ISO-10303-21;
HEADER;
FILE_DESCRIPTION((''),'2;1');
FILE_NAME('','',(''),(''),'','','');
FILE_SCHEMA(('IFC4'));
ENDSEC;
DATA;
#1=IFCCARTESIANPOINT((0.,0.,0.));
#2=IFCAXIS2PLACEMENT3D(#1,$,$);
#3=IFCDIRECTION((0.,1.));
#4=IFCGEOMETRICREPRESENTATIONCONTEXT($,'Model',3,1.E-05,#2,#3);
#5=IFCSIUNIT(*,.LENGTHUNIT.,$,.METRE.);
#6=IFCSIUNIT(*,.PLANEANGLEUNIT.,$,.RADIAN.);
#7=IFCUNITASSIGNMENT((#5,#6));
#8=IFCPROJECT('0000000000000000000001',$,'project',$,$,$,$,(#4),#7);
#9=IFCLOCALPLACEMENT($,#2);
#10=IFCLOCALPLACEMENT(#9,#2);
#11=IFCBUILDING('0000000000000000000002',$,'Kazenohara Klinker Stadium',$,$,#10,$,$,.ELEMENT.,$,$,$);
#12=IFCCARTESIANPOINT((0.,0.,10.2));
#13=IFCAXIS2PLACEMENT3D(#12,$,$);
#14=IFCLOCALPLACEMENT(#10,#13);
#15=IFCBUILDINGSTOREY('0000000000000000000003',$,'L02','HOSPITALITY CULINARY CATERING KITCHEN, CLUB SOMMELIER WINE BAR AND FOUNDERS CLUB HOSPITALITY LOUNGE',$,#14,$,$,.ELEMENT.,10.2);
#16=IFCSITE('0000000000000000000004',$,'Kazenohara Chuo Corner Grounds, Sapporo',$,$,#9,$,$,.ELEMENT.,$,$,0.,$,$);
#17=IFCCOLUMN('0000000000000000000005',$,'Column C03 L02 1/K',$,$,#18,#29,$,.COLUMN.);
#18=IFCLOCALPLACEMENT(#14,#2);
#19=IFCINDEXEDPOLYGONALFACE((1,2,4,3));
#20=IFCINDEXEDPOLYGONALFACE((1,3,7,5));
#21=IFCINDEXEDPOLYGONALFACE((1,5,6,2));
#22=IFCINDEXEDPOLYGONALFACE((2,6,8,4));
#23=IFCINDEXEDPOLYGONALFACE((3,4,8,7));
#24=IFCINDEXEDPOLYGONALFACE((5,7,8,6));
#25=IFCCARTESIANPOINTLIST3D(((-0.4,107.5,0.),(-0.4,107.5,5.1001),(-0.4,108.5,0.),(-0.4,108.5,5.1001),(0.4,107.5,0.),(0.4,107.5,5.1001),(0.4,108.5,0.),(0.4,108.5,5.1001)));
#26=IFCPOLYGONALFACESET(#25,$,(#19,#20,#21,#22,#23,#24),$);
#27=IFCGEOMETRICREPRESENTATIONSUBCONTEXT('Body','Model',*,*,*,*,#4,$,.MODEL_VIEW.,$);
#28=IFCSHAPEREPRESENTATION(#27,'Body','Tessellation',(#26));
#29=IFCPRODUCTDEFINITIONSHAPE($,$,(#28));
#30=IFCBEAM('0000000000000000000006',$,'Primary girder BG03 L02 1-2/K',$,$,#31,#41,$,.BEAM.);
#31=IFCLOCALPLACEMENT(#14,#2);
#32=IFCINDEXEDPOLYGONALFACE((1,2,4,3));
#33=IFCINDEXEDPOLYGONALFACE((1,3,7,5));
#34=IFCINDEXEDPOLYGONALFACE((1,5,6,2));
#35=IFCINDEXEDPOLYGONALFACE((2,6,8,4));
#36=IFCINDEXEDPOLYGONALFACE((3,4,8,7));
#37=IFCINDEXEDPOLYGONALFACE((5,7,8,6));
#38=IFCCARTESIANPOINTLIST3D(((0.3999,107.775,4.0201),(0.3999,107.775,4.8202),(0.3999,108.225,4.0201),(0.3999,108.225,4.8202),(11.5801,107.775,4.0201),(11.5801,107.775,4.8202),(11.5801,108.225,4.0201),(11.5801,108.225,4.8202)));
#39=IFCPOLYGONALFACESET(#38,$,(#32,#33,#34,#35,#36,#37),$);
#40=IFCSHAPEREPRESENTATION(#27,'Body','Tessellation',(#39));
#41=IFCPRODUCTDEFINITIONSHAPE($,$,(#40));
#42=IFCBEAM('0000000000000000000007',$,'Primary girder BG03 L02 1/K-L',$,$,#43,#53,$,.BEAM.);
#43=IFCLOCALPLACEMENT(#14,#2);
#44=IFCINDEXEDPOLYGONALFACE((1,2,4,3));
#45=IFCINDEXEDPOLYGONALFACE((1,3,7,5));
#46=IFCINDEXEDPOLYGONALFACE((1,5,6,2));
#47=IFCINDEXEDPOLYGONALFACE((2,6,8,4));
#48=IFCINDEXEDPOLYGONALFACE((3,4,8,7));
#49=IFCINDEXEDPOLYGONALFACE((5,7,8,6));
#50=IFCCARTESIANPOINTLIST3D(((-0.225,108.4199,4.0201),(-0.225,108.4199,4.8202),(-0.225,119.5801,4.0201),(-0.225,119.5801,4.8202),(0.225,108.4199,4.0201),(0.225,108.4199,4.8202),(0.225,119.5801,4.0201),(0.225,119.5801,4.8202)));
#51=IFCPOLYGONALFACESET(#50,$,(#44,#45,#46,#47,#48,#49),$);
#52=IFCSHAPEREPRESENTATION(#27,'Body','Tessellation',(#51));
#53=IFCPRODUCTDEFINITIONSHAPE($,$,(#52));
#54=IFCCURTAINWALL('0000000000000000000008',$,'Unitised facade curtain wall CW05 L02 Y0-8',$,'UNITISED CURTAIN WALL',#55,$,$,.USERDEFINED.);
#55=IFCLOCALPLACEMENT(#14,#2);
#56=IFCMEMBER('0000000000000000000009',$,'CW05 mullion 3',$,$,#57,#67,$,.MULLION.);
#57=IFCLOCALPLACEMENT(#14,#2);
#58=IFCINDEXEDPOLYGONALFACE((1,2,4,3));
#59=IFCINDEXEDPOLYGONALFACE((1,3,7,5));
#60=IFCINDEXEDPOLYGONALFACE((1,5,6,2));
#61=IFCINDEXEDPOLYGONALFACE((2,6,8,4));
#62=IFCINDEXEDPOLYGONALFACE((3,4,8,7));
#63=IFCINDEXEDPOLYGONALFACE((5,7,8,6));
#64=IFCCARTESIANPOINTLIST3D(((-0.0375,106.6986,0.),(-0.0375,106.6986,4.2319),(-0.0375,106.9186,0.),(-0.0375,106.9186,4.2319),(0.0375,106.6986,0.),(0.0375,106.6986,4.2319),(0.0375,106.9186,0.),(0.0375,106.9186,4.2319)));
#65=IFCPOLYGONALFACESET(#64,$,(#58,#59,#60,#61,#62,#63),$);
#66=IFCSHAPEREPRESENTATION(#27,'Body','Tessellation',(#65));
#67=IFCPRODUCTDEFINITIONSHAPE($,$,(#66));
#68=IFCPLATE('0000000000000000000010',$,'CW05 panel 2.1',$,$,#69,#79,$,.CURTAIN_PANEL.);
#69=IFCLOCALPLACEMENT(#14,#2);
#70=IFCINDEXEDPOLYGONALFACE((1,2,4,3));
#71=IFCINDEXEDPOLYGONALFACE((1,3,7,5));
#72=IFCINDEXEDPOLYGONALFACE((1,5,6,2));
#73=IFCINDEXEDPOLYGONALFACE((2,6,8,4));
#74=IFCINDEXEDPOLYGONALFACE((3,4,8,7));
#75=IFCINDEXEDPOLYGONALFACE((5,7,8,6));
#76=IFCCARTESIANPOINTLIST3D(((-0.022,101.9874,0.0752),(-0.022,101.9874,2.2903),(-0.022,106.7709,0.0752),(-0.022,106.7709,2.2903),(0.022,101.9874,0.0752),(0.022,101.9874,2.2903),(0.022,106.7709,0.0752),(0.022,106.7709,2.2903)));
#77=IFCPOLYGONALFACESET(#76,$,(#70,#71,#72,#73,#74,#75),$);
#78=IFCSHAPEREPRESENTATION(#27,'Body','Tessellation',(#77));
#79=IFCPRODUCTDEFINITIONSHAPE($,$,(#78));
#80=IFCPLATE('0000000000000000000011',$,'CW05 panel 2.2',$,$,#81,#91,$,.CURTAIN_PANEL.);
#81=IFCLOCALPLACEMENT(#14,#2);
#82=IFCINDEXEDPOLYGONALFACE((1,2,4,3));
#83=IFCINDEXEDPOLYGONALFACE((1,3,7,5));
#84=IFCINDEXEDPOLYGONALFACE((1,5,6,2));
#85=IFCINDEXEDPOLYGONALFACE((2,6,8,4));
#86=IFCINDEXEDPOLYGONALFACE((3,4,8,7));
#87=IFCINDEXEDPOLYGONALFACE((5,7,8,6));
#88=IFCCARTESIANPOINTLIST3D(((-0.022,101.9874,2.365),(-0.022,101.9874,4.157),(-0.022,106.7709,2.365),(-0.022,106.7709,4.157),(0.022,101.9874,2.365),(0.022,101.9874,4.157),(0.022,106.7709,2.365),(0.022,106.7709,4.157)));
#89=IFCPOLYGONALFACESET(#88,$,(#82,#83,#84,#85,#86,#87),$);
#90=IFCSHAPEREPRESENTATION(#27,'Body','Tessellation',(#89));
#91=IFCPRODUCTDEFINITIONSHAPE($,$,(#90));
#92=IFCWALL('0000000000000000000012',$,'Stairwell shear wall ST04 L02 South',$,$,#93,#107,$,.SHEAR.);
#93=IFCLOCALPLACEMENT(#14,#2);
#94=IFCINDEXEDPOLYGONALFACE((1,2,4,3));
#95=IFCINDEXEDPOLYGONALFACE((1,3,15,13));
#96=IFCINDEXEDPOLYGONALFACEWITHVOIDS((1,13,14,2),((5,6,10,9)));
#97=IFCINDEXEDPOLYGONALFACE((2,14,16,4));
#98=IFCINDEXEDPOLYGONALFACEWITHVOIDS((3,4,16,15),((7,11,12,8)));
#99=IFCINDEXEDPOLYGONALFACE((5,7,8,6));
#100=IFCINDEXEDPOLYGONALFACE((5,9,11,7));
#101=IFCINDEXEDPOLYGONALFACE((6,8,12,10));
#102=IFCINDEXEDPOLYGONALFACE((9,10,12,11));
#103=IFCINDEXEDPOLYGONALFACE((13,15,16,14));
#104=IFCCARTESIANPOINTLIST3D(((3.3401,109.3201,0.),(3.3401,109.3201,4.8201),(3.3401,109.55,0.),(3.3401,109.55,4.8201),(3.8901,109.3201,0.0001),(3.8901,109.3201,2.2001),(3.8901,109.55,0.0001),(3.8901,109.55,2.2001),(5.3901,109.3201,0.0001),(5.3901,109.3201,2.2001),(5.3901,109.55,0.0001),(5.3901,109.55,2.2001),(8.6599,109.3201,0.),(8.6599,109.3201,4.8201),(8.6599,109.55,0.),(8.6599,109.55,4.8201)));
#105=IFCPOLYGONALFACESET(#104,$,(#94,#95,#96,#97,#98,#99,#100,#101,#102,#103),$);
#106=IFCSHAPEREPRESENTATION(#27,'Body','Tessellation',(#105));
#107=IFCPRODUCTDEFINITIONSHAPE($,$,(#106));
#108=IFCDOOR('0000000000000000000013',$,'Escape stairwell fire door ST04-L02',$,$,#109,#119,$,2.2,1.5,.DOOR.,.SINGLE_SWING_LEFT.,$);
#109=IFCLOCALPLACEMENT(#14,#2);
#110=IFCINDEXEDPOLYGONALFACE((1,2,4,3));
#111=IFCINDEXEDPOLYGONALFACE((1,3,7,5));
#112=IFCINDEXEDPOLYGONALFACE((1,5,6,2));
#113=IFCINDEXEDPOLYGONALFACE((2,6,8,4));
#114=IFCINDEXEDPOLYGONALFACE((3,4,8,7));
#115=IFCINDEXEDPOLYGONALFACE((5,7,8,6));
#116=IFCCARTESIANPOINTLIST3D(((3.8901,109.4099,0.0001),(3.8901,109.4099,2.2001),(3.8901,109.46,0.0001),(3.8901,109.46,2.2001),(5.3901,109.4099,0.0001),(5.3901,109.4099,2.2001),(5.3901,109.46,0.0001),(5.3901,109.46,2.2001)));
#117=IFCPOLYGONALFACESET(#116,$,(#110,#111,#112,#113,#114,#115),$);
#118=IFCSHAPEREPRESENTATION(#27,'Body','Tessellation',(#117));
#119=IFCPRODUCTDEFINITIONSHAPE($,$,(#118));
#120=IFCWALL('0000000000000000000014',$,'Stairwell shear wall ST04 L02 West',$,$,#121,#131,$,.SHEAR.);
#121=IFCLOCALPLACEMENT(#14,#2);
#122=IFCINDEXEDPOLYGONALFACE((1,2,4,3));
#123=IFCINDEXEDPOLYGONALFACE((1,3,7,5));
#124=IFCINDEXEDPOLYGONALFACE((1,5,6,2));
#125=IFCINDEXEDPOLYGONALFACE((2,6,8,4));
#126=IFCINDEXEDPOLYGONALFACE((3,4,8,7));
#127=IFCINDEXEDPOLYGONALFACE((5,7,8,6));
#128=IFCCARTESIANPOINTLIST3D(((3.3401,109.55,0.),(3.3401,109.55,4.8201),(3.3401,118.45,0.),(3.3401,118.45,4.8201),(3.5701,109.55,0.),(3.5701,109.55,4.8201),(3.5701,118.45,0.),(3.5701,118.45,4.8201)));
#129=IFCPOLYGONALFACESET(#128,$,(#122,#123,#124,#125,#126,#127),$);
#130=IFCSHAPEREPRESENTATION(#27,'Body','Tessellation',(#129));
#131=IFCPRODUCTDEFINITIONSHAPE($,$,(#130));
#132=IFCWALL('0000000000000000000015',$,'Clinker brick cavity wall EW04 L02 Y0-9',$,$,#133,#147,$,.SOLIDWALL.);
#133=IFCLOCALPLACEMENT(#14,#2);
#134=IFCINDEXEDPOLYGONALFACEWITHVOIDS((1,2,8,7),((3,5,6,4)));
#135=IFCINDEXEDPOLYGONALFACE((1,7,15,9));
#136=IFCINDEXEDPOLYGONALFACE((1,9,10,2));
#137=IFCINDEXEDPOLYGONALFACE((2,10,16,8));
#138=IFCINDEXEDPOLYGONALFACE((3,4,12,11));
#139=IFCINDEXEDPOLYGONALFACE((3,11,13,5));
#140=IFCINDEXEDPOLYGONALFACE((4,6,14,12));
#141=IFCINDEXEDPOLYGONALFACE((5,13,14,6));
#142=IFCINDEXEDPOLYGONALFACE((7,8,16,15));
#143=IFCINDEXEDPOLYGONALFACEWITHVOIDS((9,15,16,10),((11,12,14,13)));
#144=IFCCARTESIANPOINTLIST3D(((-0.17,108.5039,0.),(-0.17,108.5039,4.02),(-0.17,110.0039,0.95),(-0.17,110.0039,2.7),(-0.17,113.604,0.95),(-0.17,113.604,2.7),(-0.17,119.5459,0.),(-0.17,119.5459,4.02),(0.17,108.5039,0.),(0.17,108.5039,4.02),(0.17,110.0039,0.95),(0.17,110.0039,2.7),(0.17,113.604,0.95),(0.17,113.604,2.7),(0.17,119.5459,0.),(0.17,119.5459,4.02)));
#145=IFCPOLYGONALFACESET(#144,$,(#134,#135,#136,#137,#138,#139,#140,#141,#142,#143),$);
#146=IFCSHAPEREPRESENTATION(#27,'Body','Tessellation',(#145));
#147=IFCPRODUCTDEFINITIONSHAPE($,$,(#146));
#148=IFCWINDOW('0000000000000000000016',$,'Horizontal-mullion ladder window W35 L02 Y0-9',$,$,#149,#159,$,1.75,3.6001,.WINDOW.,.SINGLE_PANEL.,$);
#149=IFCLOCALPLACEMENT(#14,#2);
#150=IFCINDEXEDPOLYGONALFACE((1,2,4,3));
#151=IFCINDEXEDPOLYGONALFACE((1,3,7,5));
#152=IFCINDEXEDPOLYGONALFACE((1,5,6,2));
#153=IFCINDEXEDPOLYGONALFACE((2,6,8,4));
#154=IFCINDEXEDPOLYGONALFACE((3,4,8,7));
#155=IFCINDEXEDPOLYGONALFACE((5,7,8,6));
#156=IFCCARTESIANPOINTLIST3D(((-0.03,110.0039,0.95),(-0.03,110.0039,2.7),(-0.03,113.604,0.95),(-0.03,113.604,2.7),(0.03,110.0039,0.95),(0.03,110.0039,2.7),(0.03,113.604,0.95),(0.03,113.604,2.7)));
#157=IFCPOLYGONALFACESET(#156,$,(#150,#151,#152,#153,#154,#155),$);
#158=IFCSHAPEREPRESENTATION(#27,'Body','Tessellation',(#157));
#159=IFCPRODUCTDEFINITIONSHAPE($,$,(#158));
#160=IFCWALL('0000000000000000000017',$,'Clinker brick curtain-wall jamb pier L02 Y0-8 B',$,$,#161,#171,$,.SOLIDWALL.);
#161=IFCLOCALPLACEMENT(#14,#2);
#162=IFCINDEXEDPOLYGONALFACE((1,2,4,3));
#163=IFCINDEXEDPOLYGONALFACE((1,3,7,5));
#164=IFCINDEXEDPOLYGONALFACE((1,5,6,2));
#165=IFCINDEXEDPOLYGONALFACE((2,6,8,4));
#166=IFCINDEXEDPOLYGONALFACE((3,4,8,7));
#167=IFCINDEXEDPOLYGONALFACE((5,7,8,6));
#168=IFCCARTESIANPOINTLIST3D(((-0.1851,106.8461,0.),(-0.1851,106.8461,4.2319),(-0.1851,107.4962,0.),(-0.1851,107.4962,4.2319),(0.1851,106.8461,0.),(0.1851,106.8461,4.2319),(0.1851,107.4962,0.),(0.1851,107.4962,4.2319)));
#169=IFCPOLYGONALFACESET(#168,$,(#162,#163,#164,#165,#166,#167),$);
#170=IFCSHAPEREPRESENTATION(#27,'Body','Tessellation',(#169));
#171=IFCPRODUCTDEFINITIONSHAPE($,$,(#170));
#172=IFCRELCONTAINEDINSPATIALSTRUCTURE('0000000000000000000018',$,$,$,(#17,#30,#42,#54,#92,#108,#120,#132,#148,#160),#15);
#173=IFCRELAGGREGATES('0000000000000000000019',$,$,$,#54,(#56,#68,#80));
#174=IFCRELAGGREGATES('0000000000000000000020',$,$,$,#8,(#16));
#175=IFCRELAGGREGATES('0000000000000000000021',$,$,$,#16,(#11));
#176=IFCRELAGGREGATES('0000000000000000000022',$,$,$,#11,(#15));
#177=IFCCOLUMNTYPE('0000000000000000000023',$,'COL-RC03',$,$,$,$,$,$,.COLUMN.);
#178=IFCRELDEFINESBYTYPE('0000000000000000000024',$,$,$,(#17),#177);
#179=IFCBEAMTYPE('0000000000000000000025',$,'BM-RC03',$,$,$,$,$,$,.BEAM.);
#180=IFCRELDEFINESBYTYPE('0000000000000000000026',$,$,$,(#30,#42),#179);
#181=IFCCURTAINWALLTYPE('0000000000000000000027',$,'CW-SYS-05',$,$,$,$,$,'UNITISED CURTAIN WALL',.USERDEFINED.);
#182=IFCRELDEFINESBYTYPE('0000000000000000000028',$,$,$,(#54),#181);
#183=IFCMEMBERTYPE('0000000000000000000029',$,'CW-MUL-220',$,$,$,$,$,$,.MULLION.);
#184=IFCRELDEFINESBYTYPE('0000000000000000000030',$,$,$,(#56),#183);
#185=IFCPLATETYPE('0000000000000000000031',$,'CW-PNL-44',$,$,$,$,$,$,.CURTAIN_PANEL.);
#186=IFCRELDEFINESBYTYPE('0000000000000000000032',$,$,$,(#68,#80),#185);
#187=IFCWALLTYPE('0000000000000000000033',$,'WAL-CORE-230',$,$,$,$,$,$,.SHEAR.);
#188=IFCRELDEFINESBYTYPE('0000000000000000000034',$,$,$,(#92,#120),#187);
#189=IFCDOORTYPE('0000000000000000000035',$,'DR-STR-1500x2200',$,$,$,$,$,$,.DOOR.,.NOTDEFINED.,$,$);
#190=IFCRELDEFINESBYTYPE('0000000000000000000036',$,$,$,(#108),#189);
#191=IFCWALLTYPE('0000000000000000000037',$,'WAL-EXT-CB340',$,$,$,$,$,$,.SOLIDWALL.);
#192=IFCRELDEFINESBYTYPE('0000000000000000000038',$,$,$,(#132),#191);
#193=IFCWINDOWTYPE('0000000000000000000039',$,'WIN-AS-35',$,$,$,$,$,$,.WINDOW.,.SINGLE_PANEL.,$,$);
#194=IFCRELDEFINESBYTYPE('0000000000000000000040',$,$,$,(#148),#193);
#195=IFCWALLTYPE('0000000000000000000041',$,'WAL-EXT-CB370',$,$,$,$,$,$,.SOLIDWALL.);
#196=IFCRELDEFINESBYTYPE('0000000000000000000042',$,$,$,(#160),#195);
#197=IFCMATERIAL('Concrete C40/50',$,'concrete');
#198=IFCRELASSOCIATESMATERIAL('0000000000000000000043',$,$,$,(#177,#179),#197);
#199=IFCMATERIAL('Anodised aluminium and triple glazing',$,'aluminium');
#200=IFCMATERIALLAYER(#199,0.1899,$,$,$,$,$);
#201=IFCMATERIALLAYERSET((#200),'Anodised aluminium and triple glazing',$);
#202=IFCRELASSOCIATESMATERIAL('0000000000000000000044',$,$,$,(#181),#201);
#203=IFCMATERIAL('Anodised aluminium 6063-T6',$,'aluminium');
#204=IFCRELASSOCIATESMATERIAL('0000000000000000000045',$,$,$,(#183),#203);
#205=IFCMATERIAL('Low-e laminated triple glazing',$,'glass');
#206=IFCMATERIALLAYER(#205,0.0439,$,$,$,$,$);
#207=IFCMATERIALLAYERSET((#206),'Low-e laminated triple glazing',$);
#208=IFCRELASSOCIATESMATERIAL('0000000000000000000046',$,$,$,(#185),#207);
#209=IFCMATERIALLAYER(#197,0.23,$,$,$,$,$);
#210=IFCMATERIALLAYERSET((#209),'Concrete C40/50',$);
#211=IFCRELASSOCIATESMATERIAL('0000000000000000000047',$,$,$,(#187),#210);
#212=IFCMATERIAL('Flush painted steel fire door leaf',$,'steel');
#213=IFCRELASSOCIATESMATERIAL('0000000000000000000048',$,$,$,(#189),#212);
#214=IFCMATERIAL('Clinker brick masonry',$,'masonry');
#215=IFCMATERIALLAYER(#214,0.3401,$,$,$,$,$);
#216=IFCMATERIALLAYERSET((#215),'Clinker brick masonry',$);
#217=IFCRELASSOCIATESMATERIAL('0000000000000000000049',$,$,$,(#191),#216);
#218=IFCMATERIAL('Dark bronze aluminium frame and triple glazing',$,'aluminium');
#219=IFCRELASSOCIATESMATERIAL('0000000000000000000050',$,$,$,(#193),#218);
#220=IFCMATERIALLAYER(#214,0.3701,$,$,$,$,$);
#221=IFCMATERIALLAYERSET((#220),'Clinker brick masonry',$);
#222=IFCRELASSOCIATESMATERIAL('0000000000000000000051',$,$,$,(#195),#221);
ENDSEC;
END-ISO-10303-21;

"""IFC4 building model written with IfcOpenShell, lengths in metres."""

from ifc_helpers import new_model, si_unit, direction, frame, frame_2d, origin, origin_2d, place, context, subcontext, project, spatial, rectangle, extrude, material, layer, layer_set, material_profile, profile_set, type_object, element, fill, aggregate, save


model = new_model("IFC4")

# Units and contexts
model_context = context("Model", 3, precision=1e-05, world=origin(), true_north=direction((0.0, 1.0)))
body_context = subcontext(model_context, "Body", "Model", "MODEL_VIEW")
ifc_project = project(units=[si_unit("LENGTHUNIT", "METRE"), si_unit("PLANEANGLEUNIT", "RADIAN")], contexts=[model_context])

# Site, building, storey
site_placement = place(None, origin())
site = spatial("IfcSite", under=ifc_project, at=site_placement, Name="Kazenohara Chuo Corner Grounds, Sapporo", CompositionType="ELEMENT", RefElevation=0.0)
building_placement = place(site_placement, origin())
building = spatial("IfcBuilding", under=site, at=building_placement, Name="Kazenohara Klinker Stadium", CompositionType="ELEMENT")
storey_placement = place(building_placement, frame((0.0, 0.0, 10.2)))
storey = spatial("IfcBuildingStorey", under=building, at=storey_placement, Name="L02", Description="HOSPITALITY CULINARY CATERING KITCHEN, CLUB SOMMELIER WINE BAR AND FOUNDERS CLUB HOSPITALITY LOUNGE", CompositionType="ELEMENT", Elevation=10.2)

# Column
ifc_material_1 = material(Name="Concrete C40/50", Category="concrete")
ifc_material_profile_1 = material_profile(ifc_material_1, rectangle(XDim=0.8, YDim=1.0, at=origin_2d()), Name="RC-COL-1000x800")
ifc_profile_set_1 = profile_set([ifc_material_profile_1], Name="Concrete C40/50")
column_type = type_object("IfcColumnType", Name="COL-RC03", PredefinedType="COLUMN", material=ifc_profile_set_1)
column_placement = place(storey_placement, frame((0.0, 108.0, 0.0), z_axis=(0.0, 0.0, 1.0), x_axis=(1.0, 0.0, 0.0)))
element("IfcColumn", 1, at=column_placement, inside=storey, type_object=column_type, Name="Column C03 L02 1/K", PredefinedType="COLUMN", context=body_context, shape_type="SweptSolid", body=[
    extrude(rectangle(XDim=0.8, YDim=1.0, at=origin_2d()), origin(), (0.0, 0.0, 1.0), 5.1001),
])

# Beams
ifc_material_profile_2 = material_profile(ifc_material_1, rectangle(XDim=0.45, YDim=0.8, at=origin_2d()), Name="RC-BM-450x800")
ifc_profile_set_2 = profile_set([ifc_material_profile_2], Name="Concrete C40/50")
beam_type = type_object("IfcBeamType", Name="BM-RC03", PredefinedType="BEAM", material=ifc_profile_set_2)
beam_1_placement = place(storey_placement, frame((0.3999, 108.0, 4.4202), z_axis=(1.0, 0.0, 0.0), x_axis=(0.0, 1.0, 0.0)))
element("IfcBeam", 2, at=beam_1_placement, inside=storey, type_object=beam_type, Name="Primary girder BG03 L02 1-2/K", PredefinedType="BEAM", context=body_context, shape_type="SweptSolid", body=[
    extrude(rectangle(XDim=0.45, YDim=0.8, at=origin_2d()), origin(), (0.0, 0.0, 1.0), 11.1802),
])
beam_2_placement = place(storey_placement, frame((0.0, 108.4199, 4.4202), z_axis=(0.0, 1.0, 0.0), x_axis=(-1.0, 0.0, 0.0)))
element("IfcBeam", 3, at=beam_2_placement, inside=storey, type_object=beam_type, Name="Primary girder BG03 L02 1/K-L", PredefinedType="BEAM", context=body_context, shape_type="SweptSolid", body=[
    extrude(rectangle(XDim=0.45, YDim=0.8, at=origin_2d()), origin(), (0.0, 0.0, 1.0), 11.1602),
])

# Curtain wall, member, plates
ifc_material_2 = material(Name="Anodised aluminium and triple glazing", Category="aluminium")
ifc_layer_1 = layer(ifc_material_2, 0.1899)
ifc_layer_set_1 = layer_set([ifc_layer_1], Name="Anodised aluminium and triple glazing")
curtain_wall_type = type_object("IfcCurtainWallType", Name="CW-SYS-05", ElementType="UNITISED CURTAIN WALL", PredefinedType="USERDEFINED", material=ifc_layer_set_1)
curtain_wall_placement = place(storey_placement, origin())
curtain_wall = element("IfcCurtainWall", 4, at=curtain_wall_placement, inside=storey, type_object=curtain_wall_type, Name="Unitised facade curtain wall CW05 L02 Y0-8", ObjectType="UNITISED CURTAIN WALL", PredefinedType="USERDEFINED")
ifc_material_3 = material(Name="Anodised aluminium 6063-T6", Category="aluminium")
ifc_material_profile_3 = material_profile(ifc_material_3, rectangle(XDim=0.075, YDim=0.22, at=origin_2d()), Name="ALU-MUL-75x220")
ifc_profile_set_3 = profile_set([ifc_material_profile_3], Name="Anodised aluminium 6063-T6")
member_type = type_object("IfcMemberType", Name="CW-MUL-220", PredefinedType="MULLION", material=ifc_profile_set_3)
member_placement = place(storey_placement, frame((0.0, 106.8086, 0.0), z_axis=(0.0, 0.0, 1.0), x_axis=(-1.0, 0.0, 0.0)))
member = element("IfcMember", 5, at=member_placement, type_object=member_type, Name="CW05 mullion 3", PredefinedType="MULLION", context=body_context, shape_type="SweptSolid", body=[
    extrude(rectangle(XDim=0.075, YDim=0.22, at=origin_2d()), origin(), (0.0, 0.0, 1.0), 4.2319),
])
ifc_material_4 = material(Name="Low-e laminated triple glazing", Category="glass")
ifc_layer_2 = layer(ifc_material_4, 0.0439)
ifc_layer_set_2 = layer_set([ifc_layer_2], Name="Low-e laminated triple glazing")
plate_type = type_object("IfcPlateType", Name="CW-PNL-44", PredefinedType="CURTAIN_PANEL", material=ifc_layer_set_2)
plate_1_placement = place(storey_placement, frame((0.0, 104.3792, 0.0752), z_axis=(0.0, 0.0, 1.0), x_axis=(0.0, 1.0, 0.0)))
plate_1 = element("IfcPlate", 6, at=plate_1_placement, type_object=plate_type, Name="CW05 panel 2.1", PredefinedType="CURTAIN_PANEL", context=body_context, shape_type="SweptSolid", body=[
    extrude(rectangle(XDim=4.7834, YDim=0.0439, at=origin_2d()), origin(), (0.0, 0.0, 1.0), 2.2151),
])
plate_2_placement = place(storey_placement, frame((0.0, 104.3792, 2.365), z_axis=(0.0, 0.0, 1.0), x_axis=(0.0, 1.0, 0.0)))
plate_2 = element("IfcPlate", 7, at=plate_2_placement, type_object=plate_type, Name="CW05 panel 2.2", PredefinedType="CURTAIN_PANEL", context=body_context, shape_type="SweptSolid", body=[
    extrude(rectangle(XDim=4.7834, YDim=0.0439, at=origin_2d()), origin(), (0.0, 0.0, 1.0), 1.792),
])
aggregate(curtain_wall, [member, plate_1, plate_2])

# Wall, opening, door
ifc_layer_3 = layer(ifc_material_1, 0.23)
ifc_layer_set_3 = layer_set([ifc_layer_3], Name="Concrete C40/50")
wall_type_1 = type_object("IfcWallType", Name="WAL-CORE-230", PredefinedType="SHEAR", material=ifc_layer_set_3)
wall_1_placement = place(storey_placement, frame((3.3401, 109.4351, 0.0), z_axis=(0.0, 0.0, 1.0), x_axis=(1.0, 0.0, 0.0)))
wall_1 = element("IfcWall", 8, at=wall_1_placement, inside=storey, type_object=wall_type_1, Name="Stairwell shear wall ST04 L02 South", PredefinedType="SHEAR", context=body_context, shape_type="SweptSolid", body=[
    extrude(rectangle(XDim=5.3198, YDim=0.23, at=frame_2d((2.6599, 0.0))), origin(), (0.0, 0.0, 1.0), 4.8201),
])
opening_1_placement = place(wall_1_placement, frame((0.55, 0.0, 0.0)))
opening_1 = element("IfcOpeningElement", 9, at=opening_1_placement, cuts=wall_1, PredefinedType="OPENING", context=body_context, shape_type="SweptSolid", body=[
    extrude(rectangle(XDim=1.5, YDim=2.2, at=frame_2d((0.75, 1.1001))), frame((0.0, 0.125, 0.0), z_axis=(0.0, -1.0, 0.0), x_axis=(1.0, 0.0, 0.0)), (0.0, 0.0, 1.0), 0.25),
])
ifc_material_5 = material(Name="Flush painted steel fire door leaf", Category="steel")
door_type = type_object("IfcDoorType", Name="DR-STR-1500x2200", OperationType="NOTDEFINED", PredefinedType="DOOR", material=ifc_material_5)
door_placement = place(opening_1_placement, origin())
door = element("IfcDoor", 10, at=door_placement, inside=storey, type_object=door_type, Name="Escape stairwell fire door ST04-L02", OperationType="SINGLE_SWING_LEFT", OverallHeight=2.2, OverallWidth=1.5, PredefinedType="DOOR", context=body_context, shape_type="SweptSolid", body=[
    extrude(rectangle(XDim=1.5, YDim=2.2, at=frame_2d((0.75, 1.1001))), frame((0.0, 0.0249, 0.0), z_axis=(0.0, -1.0, 0.0), x_axis=(1.0, 0.0, 0.0)), (0.0, 0.0, 1.0), 0.05),
])
fill(opening_1, door)

# Wall
wall_2_placement = place(storey_placement, frame((3.4551, 109.55, 0.0), z_axis=(0.0, 0.0, 1.0), x_axis=(0.0, 1.0, 0.0)))
element("IfcWall", 11, at=wall_2_placement, inside=storey, type_object=wall_type_1, Name="Stairwell shear wall ST04 L02 West", PredefinedType="SHEAR", context=body_context, shape_type="SweptSolid", body=[
    extrude(rectangle(XDim=8.8999, YDim=0.23, at=frame_2d((4.45, 0.0))), origin(), (0.0, 0.0, 1.0), 4.8201),
])

# Wall, opening, window
ifc_material_6 = material(Name="Clinker brick masonry", Category="masonry")
ifc_layer_4 = layer(ifc_material_6, 0.3401)
ifc_layer_set_4 = layer_set([ifc_layer_4], Name="Clinker brick masonry")
wall_type_2 = type_object("IfcWallType", Name="WAL-EXT-CB340", PredefinedType="SOLIDWALL", material=ifc_layer_set_4)
wall_3_placement = place(storey_placement, frame((0.0, 108.5039, 0.0), z_axis=(0.0, 0.0, 1.0), x_axis=(0.0, 1.0, 0.0)))
wall_3 = element("IfcWall", 12, at=wall_3_placement, inside=storey, type_object=wall_type_2, Name="Clinker brick cavity wall EW04 L02 Y0-9", PredefinedType="SOLIDWALL", context=body_context, shape_type="SweptSolid", body=[
    extrude(rectangle(XDim=11.042, YDim=0.3401, at=frame_2d((5.521, 0.0))), origin(), (0.0, 0.0, 1.0), 4.02),
])
opening_2_placement = place(wall_3_placement, frame((1.5, 0.0, 0.95)))
opening_2 = element("IfcOpeningElement", 13, at=opening_2_placement, cuts=wall_3, PredefinedType="OPENING", context=body_context, shape_type="SweptSolid", body=[
    extrude(rectangle(XDim=3.6001, YDim=1.75, at=frame_2d((1.8, 0.875))), frame((0.0, 0.1802, 0.0), z_axis=(0.0, -1.0, 0.0), x_axis=(1.0, 0.0, 0.0)), (0.0, 0.0, 1.0), 0.3601),
])
ifc_material_7 = material(Name="Dark bronze aluminium frame and triple glazing", Category="aluminium")
window_type = type_object("IfcWindowType", Name="WIN-AS-35", PartitioningType="SINGLE_PANEL", PredefinedType="WINDOW", material=ifc_material_7)
window_placement = place(opening_2_placement, origin())
window = element("IfcWindow", 14, at=window_placement, inside=storey, type_object=window_type, Name="Horizontal-mullion ladder window W35 L02 Y0-9", OverallHeight=1.75, OverallWidth=3.6001, PartitioningType="SINGLE_PANEL", PredefinedType="WINDOW", context=body_context, shape_type="SweptSolid", body=[
    extrude(rectangle(XDim=3.6001, YDim=1.75, at=frame_2d((1.8, 0.875))), frame((0.0, 0.03, 0.0), z_axis=(0.0, -1.0, 0.0), x_axis=(1.0, 0.0, 0.0)), (0.0, 0.0, 1.0), 0.0601),
])
fill(opening_2, window)

# Wall
ifc_layer_5 = layer(ifc_material_6, 0.3701)
ifc_layer_set_5 = layer_set([ifc_layer_5], Name="Clinker brick masonry")
wall_type_3 = type_object("IfcWallType", Name="WAL-EXT-CB370", PredefinedType="SOLIDWALL", material=ifc_layer_set_5)
wall_4_placement = place(storey_placement, frame((0.0, 106.8459, 0.0), z_axis=(0.0, 0.0, 1.0), x_axis=(0.0, 1.0, 0.0)))
element("IfcWall", 15, at=wall_4_placement, inside=storey, type_object=wall_type_3, Name="Clinker brick curtain-wall jamb pier L02 Y0-8 B", PredefinedType="SOLIDWALL", context=body_context, shape_type="SweptSolid", body=[
    extrude(rectangle(XDim=0.6501, YDim=0.3701, at=frame_2d((0.3252, 0.0))), origin(), (0.0, 0.0, 1.0), 4.2319),
])

save(model, "model.ifc")
